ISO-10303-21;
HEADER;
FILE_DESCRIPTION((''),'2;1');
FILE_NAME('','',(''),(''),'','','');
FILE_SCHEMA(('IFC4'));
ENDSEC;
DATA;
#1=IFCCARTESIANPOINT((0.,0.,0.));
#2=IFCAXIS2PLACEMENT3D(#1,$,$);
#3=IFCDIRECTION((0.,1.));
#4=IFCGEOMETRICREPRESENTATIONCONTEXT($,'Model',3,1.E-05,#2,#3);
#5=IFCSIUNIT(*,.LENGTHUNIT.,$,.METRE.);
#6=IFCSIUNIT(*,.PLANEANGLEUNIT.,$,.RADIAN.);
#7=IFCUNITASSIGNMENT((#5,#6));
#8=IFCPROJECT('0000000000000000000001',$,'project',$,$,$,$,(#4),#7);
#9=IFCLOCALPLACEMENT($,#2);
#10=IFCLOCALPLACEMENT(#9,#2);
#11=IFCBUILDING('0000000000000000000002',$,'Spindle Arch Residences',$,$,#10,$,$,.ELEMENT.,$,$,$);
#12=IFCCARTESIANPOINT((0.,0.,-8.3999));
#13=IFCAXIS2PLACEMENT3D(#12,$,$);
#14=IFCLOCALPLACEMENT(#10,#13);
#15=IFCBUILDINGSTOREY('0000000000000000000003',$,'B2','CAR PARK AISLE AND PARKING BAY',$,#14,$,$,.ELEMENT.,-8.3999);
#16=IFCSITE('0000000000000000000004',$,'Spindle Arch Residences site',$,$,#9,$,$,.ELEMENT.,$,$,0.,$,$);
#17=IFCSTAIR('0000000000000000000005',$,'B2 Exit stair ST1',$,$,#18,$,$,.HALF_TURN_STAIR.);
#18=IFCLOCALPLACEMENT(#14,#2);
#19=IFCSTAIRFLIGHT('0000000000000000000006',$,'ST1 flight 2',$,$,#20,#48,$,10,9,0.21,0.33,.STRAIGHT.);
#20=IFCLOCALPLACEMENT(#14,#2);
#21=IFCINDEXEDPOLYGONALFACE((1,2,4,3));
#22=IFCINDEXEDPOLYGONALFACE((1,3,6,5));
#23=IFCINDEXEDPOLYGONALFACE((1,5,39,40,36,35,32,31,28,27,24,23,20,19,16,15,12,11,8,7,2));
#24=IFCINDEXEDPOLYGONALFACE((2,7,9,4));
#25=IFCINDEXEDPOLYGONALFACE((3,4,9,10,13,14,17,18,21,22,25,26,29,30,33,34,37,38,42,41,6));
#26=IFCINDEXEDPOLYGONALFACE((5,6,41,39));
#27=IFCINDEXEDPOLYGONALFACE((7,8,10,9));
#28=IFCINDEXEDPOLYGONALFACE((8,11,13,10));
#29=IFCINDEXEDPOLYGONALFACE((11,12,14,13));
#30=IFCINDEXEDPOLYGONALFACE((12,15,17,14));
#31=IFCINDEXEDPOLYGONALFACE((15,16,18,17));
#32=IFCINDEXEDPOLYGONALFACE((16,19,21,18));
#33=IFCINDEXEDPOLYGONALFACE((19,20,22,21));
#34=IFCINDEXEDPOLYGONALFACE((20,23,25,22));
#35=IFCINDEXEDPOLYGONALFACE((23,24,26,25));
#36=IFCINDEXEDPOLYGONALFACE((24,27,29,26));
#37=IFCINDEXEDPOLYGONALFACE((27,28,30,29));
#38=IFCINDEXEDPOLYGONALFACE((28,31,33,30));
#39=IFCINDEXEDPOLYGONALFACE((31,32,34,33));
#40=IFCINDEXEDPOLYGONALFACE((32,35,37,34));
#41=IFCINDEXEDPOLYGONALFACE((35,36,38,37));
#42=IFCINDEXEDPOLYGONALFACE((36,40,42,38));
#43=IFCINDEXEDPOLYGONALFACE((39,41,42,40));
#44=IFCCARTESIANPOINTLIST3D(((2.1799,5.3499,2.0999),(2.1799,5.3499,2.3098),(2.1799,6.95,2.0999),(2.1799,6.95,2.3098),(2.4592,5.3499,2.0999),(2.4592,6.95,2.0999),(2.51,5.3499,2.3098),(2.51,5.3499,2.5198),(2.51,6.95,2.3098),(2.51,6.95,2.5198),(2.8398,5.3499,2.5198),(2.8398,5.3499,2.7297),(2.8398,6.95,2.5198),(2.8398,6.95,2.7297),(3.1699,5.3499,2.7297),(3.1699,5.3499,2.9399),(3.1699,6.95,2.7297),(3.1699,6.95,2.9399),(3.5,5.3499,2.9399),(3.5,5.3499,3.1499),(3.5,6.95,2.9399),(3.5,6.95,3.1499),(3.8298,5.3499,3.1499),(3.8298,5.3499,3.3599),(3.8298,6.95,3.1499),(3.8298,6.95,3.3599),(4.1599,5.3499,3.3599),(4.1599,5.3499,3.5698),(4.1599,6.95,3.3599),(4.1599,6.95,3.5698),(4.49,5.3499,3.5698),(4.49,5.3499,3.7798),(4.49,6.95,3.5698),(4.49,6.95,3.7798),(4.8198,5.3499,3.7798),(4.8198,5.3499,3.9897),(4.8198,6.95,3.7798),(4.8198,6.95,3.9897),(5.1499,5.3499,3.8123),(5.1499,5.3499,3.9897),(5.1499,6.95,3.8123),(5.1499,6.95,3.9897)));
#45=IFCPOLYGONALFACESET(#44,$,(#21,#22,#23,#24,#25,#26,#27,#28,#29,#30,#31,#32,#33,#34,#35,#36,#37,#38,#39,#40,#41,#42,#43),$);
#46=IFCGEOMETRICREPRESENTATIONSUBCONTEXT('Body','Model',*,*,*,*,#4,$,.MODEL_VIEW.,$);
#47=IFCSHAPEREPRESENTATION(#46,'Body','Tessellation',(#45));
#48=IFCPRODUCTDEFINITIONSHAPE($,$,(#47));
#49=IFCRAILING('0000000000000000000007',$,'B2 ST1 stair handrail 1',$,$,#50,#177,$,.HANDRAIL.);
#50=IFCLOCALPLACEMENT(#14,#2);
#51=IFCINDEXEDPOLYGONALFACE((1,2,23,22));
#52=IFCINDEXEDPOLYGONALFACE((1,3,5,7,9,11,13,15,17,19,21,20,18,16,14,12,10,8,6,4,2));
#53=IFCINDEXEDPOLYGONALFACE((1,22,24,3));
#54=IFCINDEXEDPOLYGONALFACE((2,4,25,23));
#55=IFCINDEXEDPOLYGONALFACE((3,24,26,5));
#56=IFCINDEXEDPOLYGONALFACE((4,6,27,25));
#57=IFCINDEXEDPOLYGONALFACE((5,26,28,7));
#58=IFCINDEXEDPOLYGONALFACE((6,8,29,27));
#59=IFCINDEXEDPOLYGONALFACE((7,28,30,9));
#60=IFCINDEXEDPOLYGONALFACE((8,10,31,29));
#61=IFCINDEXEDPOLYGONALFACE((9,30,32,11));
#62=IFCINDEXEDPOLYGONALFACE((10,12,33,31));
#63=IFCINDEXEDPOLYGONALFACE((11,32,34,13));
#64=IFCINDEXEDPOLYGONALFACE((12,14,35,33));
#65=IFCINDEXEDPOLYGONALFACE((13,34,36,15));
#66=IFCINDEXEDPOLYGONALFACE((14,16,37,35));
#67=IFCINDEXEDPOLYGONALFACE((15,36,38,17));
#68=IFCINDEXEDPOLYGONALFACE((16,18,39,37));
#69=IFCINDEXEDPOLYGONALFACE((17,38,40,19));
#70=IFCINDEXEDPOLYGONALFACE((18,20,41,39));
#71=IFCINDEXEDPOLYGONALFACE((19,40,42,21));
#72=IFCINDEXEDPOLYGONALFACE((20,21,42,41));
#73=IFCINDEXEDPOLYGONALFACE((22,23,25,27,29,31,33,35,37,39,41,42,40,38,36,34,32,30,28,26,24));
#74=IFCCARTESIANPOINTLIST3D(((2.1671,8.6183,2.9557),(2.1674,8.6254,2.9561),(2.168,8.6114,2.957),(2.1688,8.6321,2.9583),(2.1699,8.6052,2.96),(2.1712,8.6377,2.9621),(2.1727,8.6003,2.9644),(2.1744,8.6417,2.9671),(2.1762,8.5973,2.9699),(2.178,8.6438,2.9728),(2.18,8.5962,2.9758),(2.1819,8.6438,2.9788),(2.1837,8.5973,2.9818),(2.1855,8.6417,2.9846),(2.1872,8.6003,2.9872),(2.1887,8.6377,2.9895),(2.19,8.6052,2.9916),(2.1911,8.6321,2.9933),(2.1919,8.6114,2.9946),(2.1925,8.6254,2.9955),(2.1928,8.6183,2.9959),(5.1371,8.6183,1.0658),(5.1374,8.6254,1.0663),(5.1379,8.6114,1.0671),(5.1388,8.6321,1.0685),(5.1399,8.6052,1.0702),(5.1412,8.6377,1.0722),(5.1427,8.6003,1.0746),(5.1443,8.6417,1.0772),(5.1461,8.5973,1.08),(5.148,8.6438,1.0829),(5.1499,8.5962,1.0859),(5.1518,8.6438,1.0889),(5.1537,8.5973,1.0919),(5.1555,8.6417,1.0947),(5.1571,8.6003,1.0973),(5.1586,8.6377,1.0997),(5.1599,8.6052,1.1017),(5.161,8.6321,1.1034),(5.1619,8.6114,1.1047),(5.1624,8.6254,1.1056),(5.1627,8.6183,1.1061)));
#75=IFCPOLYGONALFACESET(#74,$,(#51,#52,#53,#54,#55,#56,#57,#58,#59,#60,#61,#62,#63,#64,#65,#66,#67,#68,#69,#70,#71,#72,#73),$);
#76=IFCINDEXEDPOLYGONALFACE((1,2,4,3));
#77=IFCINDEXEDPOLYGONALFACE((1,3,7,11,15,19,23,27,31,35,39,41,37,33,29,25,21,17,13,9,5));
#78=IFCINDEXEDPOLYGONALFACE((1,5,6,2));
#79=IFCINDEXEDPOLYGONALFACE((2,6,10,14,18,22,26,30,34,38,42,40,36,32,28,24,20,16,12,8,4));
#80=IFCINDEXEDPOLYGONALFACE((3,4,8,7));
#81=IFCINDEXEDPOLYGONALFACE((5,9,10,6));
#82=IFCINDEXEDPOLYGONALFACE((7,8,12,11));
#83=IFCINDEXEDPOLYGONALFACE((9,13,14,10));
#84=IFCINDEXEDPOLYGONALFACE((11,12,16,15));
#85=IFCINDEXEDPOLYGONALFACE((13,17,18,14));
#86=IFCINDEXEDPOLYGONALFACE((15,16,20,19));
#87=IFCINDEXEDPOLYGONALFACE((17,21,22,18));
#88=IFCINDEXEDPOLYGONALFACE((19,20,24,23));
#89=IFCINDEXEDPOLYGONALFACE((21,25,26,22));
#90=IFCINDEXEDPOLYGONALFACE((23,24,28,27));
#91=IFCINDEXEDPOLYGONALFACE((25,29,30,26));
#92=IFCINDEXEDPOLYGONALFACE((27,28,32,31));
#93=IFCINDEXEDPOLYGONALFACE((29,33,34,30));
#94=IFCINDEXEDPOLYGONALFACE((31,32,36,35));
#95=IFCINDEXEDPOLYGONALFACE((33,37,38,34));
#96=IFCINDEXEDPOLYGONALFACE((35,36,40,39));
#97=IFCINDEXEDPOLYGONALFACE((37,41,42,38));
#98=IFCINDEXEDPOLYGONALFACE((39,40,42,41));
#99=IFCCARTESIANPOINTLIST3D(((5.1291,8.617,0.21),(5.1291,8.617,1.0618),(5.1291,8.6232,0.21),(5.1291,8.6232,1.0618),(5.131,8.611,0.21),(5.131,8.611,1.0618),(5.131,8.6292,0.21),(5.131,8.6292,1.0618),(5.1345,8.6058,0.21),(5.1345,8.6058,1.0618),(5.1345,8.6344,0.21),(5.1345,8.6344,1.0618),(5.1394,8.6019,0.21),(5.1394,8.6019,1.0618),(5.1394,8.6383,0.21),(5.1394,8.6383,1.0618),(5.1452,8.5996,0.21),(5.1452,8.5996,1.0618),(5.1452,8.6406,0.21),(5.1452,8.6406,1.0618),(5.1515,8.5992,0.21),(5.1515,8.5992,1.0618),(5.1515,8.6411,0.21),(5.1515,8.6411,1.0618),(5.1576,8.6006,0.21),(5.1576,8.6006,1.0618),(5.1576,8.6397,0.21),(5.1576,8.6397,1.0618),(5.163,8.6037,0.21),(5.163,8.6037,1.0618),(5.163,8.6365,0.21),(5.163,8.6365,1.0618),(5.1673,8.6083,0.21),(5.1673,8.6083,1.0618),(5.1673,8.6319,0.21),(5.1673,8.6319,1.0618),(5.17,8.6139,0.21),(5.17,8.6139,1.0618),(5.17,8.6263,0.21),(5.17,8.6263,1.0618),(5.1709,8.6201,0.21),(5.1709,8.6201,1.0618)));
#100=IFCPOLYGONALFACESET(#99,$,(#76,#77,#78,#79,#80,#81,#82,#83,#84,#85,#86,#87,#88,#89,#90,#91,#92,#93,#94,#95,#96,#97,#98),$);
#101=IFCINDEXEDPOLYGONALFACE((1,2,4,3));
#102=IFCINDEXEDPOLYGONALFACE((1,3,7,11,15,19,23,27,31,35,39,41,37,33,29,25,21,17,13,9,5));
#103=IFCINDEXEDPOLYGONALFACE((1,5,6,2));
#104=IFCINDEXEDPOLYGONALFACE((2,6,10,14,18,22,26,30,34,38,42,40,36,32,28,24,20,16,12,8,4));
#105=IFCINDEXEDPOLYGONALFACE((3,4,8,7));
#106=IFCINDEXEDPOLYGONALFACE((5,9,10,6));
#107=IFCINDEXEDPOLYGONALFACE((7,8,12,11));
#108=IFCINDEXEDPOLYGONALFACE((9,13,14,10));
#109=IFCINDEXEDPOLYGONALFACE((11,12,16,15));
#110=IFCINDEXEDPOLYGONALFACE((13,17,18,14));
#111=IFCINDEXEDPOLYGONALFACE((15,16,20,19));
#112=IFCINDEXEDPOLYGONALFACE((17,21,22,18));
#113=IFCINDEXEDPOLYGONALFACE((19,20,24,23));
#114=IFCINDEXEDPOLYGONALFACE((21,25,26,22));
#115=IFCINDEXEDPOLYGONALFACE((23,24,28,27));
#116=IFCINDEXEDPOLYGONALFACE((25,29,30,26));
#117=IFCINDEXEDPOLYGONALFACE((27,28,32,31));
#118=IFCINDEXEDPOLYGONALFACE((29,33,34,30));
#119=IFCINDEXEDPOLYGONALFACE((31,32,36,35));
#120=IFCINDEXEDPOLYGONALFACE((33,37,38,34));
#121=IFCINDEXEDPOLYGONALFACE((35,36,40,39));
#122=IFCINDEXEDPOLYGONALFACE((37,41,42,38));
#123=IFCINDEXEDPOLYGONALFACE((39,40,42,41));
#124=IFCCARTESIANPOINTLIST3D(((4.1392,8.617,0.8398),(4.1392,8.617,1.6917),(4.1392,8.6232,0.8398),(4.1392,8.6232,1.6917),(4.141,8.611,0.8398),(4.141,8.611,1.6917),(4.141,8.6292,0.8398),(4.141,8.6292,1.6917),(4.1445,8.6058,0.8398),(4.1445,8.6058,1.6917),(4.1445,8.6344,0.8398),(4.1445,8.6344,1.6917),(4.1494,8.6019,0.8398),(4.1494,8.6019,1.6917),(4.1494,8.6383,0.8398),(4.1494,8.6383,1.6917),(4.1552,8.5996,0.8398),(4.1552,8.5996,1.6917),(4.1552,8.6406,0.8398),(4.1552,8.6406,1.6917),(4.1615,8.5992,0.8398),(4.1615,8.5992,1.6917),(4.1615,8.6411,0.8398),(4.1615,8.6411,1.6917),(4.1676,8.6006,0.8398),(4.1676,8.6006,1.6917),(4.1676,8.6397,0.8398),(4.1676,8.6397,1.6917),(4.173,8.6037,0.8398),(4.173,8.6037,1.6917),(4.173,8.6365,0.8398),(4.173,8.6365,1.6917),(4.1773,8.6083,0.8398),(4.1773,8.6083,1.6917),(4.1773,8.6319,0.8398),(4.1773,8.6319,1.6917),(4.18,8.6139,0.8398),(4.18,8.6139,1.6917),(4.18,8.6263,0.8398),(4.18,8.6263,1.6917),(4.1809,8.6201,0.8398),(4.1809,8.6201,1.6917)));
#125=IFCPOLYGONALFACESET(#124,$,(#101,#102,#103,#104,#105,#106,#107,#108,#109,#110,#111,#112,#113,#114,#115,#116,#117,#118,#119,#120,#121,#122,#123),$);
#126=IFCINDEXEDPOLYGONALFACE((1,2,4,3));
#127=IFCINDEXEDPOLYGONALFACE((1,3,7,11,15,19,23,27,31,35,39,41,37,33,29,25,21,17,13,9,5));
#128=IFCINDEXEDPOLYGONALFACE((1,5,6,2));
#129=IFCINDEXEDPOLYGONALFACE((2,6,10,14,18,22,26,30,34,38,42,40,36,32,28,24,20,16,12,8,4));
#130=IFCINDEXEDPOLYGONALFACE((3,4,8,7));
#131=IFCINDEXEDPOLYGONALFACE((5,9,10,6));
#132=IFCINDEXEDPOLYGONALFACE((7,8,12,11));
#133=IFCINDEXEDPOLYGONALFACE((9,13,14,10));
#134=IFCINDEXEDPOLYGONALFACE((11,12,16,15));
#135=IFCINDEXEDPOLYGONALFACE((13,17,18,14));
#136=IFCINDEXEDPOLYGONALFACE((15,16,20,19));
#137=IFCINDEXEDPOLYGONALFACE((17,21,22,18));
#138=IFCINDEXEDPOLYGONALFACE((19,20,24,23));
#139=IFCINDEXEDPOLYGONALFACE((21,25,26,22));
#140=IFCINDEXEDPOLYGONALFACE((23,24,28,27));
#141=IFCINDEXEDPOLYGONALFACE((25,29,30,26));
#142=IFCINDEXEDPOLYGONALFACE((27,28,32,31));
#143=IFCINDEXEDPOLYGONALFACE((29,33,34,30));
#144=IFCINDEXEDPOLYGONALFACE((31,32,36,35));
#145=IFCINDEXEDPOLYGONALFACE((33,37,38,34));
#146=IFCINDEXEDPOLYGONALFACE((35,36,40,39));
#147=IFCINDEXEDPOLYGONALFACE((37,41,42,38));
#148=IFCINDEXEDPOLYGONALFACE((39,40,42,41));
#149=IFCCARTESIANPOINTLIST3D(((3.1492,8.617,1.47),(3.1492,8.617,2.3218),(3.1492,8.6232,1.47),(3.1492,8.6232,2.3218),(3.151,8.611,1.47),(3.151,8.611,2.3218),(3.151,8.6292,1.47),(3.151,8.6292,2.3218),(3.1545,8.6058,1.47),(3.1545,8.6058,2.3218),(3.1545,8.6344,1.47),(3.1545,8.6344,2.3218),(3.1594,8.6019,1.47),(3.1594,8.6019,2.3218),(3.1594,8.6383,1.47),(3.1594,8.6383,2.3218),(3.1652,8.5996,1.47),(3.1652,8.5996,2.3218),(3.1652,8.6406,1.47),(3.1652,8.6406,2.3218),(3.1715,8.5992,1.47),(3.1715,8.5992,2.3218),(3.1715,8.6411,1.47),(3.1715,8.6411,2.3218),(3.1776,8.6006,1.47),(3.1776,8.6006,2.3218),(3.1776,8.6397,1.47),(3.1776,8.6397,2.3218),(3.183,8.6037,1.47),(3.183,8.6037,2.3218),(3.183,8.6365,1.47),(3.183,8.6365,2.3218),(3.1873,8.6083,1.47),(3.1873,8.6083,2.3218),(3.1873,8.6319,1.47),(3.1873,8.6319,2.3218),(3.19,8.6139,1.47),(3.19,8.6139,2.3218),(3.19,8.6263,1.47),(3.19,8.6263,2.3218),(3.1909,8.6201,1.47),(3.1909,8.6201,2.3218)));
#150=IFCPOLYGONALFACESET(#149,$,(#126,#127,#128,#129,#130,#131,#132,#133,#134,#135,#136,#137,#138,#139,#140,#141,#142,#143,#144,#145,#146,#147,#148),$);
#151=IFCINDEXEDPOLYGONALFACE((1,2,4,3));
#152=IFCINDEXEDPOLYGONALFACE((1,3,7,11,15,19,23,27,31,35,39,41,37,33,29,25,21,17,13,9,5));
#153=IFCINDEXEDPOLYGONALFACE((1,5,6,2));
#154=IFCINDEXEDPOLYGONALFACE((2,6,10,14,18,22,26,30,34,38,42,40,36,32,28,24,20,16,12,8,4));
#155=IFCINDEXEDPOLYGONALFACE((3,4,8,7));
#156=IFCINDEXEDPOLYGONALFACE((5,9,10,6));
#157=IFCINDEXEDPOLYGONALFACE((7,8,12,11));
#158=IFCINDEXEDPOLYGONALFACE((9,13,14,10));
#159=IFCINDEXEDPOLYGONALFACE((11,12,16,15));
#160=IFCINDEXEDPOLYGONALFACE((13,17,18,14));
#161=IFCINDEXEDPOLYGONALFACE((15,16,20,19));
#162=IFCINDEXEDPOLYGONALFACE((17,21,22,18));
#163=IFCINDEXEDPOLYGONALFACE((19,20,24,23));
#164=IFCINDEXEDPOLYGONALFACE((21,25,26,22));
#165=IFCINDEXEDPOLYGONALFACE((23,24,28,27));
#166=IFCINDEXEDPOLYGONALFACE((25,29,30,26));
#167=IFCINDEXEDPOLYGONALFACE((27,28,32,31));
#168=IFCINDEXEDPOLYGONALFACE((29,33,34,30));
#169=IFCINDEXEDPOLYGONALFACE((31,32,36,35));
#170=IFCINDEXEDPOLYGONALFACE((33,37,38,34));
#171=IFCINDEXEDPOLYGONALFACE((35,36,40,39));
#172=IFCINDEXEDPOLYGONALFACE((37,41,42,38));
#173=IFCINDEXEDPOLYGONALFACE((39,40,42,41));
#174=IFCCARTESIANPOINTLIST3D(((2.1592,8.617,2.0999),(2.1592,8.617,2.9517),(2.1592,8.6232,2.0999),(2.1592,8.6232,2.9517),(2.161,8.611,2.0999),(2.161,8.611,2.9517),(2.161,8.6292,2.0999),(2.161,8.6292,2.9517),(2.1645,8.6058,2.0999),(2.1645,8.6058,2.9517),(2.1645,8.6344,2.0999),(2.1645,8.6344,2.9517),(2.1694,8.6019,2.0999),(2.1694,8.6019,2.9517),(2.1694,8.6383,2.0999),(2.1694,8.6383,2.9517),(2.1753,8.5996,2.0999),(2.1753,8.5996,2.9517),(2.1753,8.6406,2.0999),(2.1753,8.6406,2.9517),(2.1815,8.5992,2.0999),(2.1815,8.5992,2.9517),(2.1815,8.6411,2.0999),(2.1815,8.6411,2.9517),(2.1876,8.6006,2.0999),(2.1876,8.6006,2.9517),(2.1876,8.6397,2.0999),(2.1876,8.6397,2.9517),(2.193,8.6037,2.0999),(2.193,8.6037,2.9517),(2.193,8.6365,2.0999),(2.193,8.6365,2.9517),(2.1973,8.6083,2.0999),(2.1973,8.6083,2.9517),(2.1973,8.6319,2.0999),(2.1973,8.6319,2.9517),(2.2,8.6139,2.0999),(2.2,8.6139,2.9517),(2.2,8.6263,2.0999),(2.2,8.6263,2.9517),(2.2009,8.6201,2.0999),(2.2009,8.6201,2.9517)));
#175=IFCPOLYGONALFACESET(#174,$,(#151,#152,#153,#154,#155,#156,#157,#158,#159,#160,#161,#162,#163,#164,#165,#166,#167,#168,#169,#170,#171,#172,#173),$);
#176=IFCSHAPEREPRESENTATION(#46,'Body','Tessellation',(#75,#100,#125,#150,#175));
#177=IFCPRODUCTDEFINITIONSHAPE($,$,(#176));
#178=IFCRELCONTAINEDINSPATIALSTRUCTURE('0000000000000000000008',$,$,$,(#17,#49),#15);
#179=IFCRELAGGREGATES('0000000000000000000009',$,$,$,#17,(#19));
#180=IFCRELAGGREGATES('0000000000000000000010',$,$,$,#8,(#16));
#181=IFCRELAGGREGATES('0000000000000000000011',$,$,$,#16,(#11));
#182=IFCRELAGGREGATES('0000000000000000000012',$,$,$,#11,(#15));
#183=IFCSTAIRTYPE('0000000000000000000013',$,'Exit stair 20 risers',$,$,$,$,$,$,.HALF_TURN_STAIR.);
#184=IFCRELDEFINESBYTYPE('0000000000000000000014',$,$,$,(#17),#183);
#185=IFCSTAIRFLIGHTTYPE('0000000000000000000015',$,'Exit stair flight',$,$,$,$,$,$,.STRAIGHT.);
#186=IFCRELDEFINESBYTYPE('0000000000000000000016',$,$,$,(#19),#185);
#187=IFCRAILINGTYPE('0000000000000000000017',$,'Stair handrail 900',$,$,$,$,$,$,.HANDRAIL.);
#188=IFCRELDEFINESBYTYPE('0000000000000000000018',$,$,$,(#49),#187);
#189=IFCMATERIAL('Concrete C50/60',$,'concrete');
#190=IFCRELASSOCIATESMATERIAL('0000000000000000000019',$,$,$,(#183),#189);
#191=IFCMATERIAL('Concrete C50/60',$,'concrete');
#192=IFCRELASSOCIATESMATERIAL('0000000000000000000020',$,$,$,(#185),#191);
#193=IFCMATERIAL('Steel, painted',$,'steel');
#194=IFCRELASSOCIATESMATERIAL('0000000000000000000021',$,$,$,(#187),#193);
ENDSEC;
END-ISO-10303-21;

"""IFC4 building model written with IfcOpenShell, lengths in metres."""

from ifc_helpers import new_model, si_unit, direction, frame, origin, origin_2d, place, context, subcontext, project, spatial, polyline, circle, outline, extrude, material, type_object, element, aggregate, save


model = new_model("IFC4")

# Units and contexts
model_context = context("Model", 3, precision=1e-05, world=origin(), true_north=direction((0.0, 1.0)))
body_context = subcontext(model_context, "Body", "Model", "MODEL_VIEW")
ifc_project = project(units=[si_unit("LENGTHUNIT", "METRE"), si_unit("PLANEANGLEUNIT", "RADIAN")], contexts=[model_context])

# Site, building, storey
site_placement = place(None, origin())
site = spatial("IfcSite", under=ifc_project, at=site_placement, Name="Spindle Arch Residences site", CompositionType="ELEMENT", RefElevation=0.0)
building_placement = place(site_placement, origin())
building = spatial("IfcBuilding", under=site, at=building_placement, Name="Spindle Arch Residences", CompositionType="ELEMENT")
storey_placement = place(building_placement, frame((0.0, 0.0, -8.3999)))
storey = spatial("IfcBuildingStorey", under=building, at=storey_placement, Name="B2", Description="CAR PARK AISLE AND PARKING BAY", CompositionType="ELEMENT", Elevation=-8.3999)

# Stair, stair flight
ifc_material_1 = material(Name="Concrete C50/60", Category="concrete")
stair_type = type_object("IfcStairType", Name="Exit stair 20 risers", PredefinedType="HALF_TURN_STAIR", material=ifc_material_1)
stair_placement = place(storey_placement, origin())
stair = element("IfcStair", 1, at=stair_placement, inside=storey, type_object=stair_type, Name="B2 Exit stair ST1", PredefinedType="HALF_TURN_STAIR")
ifc_material_2 = material(Name="Concrete C50/60", Category="concrete")
stair_flight_type = type_object("IfcStairFlightType", Name="Exit stair flight", PredefinedType="STRAIGHT", material=ifc_material_2)
stair_flight_1_placement = place(storey_placement, frame((2.1799, 6.1499, 2.0999), z_axis=(0.0, 0.0, 1.0), x_axis=(1.0, 0.0, 0.0)))
stair_flight_1 = element("IfcStairFlight", 2, at=stair_flight_1_placement, type_object=stair_flight_type, Name="ST1 flight 2", NumberOfRisers=10, NumberOfTreads=9, PredefinedType="STRAIGHT", RiserHeight=0.21, TreadLength=0.33, context=body_context, shape_type="SweptSolid", body=[
    extrude(outline(polyline([(0.0, 0.0), (0.0, 0.21), (0.3301, 0.21), (0.3301, 0.4199), (0.6599, 0.4199), (0.6599, 0.6299), (0.99, 0.6299), (0.99, 0.8401), (1.3201, 0.8401), (1.3201, 1.05), (1.6499, 1.05), (1.6499, 1.26), (1.98, 1.26), (1.98, 1.47), (2.3101, 1.47), (2.3101, 1.6799), (2.6399, 1.6799), (2.6399, 1.8899), (2.97, 1.8899), (2.97, 2.1001), (2.97, 1.7124), (0.2793, 0.0), (0.0, 0.0)])), frame((0.0, 0.8, 0.0), z_axis=(0.0, -1.0, 0.0), x_axis=(1.0, 0.0, 0.0)), (0.0, 0.0, 1.0), 1.6001),
])
aggregate(stair, [stair_flight_1])

# Railing
ifc_material_3 = material(Name="Steel, painted", Category="steel")
railing_type_1 = type_object("IfcRailingType", Name="Stair handrail 900", PredefinedType="HANDRAIL", material=ifc_material_3)
railing_1_placement = place(storey_placement, frame((5.1499, 8.6201, 0.21)))
element("IfcRailing", 3, at=railing_1_placement, inside=storey, type_object=railing_type_1, Name="B2 ST1 stair handrail 1", PredefinedType="HANDRAIL", context=body_context, shape_type="SweptSolid", body=[
    extrude(circle(Radius=0.0239, at=origin_2d()), frame((0.0, 0.0, 0.876), z_axis=(-0.843673, 0.0, 0.536858), x_axis=(0.0, -1.0, 0.0)), (0.0, 0.0, 1.0), 3.5203),
    extrude(circle(Radius=0.021, at=origin_2d()), origin(), (0.0, 0.0, 1.0), 0.8518),
    extrude(circle(Radius=0.021, at=origin_2d()), frame((-0.99, 0.0, 0.6299)), (0.0, 0.0, 1.0), 0.8518),
    extrude(circle(Radius=0.021, at=origin_2d()), frame((-1.98, 0.0, 1.26)), (0.0, 0.0, 1.0), 0.8518),
    extrude(circle(Radius=0.021, at=origin_2d()), frame((-2.97, 0.0, 1.8899)), (0.0, 0.0, 1.0), 0.8518),
])

save(model, "model.ifc")
